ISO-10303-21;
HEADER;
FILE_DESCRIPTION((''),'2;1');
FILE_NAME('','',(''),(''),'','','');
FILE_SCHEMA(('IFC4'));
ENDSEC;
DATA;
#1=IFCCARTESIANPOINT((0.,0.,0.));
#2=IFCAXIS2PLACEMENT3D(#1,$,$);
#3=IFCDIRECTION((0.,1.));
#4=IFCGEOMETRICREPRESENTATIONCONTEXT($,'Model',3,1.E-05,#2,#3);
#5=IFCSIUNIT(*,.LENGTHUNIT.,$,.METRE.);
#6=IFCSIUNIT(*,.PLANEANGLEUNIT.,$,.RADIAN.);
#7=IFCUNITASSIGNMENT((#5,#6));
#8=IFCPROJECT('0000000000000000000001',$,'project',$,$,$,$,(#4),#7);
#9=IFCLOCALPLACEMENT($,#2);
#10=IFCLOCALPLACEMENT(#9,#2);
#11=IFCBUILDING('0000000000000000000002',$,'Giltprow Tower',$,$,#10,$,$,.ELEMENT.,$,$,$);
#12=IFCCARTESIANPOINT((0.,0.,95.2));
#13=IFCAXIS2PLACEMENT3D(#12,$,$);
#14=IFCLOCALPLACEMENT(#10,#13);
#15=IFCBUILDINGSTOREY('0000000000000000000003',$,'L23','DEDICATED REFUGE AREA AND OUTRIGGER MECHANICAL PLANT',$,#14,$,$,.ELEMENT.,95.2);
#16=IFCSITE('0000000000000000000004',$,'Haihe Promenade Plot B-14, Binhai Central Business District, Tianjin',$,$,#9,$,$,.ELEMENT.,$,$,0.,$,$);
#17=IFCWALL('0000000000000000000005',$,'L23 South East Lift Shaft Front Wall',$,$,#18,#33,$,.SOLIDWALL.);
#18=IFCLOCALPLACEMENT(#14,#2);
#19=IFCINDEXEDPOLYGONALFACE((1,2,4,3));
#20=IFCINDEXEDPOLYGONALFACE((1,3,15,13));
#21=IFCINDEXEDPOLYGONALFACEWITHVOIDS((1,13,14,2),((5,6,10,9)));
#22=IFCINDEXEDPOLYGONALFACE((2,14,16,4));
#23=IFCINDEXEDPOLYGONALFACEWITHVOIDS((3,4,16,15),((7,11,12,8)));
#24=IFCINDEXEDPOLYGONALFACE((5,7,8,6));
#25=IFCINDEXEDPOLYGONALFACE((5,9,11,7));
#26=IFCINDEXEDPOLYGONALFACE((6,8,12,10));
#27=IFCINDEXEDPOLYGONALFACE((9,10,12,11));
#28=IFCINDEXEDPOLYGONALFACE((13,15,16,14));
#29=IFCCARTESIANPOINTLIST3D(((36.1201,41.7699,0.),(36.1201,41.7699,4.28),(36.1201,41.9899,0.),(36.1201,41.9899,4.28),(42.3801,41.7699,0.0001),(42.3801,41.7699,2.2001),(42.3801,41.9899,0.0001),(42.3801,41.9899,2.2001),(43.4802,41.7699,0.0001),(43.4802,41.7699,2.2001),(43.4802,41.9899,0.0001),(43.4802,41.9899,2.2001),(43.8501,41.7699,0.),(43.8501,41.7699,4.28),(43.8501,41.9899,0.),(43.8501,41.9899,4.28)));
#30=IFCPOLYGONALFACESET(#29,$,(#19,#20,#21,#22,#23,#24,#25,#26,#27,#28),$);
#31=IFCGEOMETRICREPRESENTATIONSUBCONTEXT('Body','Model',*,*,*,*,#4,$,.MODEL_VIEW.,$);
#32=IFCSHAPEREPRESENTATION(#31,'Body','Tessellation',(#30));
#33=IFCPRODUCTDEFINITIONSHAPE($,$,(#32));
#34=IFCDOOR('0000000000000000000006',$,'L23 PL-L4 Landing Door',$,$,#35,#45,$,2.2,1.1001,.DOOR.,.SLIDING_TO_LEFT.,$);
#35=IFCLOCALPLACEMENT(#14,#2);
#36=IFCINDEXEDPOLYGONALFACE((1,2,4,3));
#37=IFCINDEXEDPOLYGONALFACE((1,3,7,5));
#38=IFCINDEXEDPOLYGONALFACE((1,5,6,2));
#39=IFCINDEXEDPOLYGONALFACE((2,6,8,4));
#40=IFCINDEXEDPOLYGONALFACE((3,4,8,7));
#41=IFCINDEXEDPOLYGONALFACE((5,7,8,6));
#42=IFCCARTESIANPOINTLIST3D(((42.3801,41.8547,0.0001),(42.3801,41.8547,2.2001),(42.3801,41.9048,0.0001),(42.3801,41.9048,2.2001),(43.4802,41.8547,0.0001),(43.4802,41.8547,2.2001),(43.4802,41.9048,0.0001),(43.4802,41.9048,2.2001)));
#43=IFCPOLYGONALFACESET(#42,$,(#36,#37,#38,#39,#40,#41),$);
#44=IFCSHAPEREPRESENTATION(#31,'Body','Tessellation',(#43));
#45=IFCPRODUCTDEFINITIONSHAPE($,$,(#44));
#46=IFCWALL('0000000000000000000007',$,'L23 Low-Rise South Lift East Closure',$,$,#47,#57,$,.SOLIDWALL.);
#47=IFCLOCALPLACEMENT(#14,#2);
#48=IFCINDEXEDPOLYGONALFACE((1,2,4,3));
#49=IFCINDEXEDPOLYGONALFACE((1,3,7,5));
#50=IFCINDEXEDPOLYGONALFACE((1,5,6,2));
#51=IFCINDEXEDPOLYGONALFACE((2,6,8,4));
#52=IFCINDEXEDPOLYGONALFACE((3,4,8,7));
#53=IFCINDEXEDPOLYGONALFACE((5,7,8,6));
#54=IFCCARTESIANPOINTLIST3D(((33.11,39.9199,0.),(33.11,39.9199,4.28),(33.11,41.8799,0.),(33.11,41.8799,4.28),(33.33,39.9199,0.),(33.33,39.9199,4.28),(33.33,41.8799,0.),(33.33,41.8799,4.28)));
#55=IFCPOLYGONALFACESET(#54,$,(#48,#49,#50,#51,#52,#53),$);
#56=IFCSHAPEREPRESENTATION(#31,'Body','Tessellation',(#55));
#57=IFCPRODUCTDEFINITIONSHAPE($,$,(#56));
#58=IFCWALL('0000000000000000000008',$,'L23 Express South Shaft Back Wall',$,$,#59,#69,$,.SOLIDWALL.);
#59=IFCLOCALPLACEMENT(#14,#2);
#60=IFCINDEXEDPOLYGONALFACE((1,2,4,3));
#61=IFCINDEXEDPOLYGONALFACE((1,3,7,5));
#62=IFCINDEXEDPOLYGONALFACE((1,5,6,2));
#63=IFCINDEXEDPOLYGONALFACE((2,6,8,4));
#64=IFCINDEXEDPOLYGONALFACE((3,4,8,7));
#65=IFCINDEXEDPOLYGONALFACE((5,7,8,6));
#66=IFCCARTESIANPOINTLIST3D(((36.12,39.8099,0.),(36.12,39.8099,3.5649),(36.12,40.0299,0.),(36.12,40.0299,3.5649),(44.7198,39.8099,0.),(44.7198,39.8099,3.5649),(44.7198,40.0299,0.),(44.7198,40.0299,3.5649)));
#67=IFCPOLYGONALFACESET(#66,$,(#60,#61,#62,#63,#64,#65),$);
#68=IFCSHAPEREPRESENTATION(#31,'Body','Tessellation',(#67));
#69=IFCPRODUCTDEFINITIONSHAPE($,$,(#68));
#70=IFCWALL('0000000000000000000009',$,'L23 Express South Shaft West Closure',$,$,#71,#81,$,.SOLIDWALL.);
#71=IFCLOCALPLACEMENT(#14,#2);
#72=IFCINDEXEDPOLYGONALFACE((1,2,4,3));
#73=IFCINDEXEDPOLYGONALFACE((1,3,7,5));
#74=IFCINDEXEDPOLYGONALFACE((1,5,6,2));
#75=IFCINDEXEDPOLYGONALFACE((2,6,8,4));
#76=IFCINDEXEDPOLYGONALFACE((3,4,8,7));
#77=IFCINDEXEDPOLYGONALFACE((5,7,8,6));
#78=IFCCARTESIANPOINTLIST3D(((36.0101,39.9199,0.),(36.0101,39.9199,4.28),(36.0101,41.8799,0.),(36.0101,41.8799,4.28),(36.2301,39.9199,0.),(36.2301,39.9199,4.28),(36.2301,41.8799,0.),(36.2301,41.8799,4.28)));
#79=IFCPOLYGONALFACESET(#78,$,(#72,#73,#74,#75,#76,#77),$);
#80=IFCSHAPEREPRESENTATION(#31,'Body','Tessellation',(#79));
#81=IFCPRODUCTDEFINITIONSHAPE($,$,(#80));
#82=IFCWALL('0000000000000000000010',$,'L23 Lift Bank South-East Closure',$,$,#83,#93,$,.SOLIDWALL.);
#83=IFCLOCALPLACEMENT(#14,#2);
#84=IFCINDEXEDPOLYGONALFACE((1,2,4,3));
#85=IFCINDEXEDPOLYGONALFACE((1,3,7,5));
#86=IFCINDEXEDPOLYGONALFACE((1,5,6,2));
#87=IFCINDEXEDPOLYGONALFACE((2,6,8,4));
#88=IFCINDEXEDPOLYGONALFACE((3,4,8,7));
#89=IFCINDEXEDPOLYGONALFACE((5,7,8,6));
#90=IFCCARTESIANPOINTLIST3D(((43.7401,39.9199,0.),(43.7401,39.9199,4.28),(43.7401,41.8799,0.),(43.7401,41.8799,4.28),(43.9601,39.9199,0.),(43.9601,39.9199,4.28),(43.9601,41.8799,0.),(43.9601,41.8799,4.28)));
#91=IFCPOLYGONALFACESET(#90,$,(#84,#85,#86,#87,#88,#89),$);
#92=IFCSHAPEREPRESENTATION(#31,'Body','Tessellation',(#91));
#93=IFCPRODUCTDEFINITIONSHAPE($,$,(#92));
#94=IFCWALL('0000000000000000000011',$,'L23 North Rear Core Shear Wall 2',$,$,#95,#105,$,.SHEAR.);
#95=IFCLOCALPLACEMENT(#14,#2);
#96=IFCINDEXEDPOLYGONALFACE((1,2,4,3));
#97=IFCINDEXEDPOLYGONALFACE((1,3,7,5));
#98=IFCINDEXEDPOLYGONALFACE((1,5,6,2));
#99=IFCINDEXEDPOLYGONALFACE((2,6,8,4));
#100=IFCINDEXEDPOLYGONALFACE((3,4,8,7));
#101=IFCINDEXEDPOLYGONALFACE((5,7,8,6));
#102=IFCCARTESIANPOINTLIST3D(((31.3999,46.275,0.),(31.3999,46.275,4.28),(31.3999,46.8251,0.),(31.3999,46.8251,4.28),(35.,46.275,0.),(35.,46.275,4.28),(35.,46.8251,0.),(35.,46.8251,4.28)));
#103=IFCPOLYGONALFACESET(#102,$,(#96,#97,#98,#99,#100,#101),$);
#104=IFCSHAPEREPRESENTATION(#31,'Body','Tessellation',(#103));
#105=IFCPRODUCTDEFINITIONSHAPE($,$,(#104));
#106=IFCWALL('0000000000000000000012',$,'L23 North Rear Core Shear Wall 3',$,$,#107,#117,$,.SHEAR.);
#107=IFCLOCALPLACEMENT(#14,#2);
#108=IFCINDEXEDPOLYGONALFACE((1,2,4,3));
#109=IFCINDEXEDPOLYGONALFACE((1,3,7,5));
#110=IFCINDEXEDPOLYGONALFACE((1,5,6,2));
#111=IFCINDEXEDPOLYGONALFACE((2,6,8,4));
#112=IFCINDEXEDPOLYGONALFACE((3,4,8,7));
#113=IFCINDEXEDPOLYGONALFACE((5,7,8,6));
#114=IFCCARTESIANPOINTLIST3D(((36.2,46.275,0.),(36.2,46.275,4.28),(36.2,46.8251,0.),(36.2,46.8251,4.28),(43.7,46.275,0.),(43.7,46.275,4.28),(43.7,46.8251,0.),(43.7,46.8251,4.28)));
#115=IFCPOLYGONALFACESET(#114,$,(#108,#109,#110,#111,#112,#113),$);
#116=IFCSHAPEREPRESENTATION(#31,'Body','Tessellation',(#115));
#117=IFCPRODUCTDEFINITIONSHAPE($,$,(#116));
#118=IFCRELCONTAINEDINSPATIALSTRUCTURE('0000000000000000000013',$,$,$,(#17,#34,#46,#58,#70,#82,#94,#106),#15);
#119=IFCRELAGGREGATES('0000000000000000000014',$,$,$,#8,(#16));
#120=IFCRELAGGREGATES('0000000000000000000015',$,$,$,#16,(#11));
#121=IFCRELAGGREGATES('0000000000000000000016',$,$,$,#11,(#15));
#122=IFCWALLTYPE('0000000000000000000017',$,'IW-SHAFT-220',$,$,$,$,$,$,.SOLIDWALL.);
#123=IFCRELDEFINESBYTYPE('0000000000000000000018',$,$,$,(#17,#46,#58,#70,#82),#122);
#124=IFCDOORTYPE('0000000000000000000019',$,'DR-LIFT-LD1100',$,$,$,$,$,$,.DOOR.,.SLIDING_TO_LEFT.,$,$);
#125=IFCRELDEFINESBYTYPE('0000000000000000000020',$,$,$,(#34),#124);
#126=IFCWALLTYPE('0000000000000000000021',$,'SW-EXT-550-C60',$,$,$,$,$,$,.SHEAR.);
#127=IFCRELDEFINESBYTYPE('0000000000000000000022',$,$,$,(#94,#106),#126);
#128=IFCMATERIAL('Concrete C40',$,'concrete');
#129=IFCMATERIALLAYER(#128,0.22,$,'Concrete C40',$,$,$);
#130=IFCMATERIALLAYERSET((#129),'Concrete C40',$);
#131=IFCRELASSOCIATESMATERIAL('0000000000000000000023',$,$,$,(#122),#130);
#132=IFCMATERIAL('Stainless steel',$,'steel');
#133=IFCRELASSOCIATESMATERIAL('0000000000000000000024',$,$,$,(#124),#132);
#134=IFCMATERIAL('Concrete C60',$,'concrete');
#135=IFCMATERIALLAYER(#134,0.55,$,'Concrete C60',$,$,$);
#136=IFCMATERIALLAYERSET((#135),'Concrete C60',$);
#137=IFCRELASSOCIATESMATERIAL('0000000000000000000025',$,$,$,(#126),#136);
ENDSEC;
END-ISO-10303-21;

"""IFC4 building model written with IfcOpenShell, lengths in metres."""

from ifc_helpers import new_model, si_unit, direction, frame, frame_2d, origin, place, context, subcontext, project, spatial, rectangle, extrude, source, transform, mapped, material, layer, layer_set, type_object, element, fill, save


model = new_model("IFC4")

# Units and contexts
model_context = context("Model", 3, precision=1e-05, world=origin(), true_north=direction((0.0, 1.0)))
body_context = subcontext(model_context, "Body", "Model", "MODEL_VIEW")
ifc_project = project(units=[si_unit("LENGTHUNIT", "METRE"), si_unit("PLANEANGLEUNIT", "RADIAN")], contexts=[model_context])

# Site, building, storey
site_placement = place(None, origin())
site = spatial("IfcSite", under=ifc_project, at=site_placement, Name="Haihe Promenade Plot B-14, Binhai Central Business District, Tianjin", CompositionType="ELEMENT", RefElevation=0.0)
building_placement = place(site_placement, origin())
building = spatial("IfcBuilding", under=site, at=building_placement, Name="Giltprow Tower", CompositionType="ELEMENT")
storey_placement = place(building_placement, frame((0.0, 0.0, 95.2)))
storey = spatial("IfcBuildingStorey", under=building, at=storey_placement, Name="L23", Description="DEDICATED REFUGE AREA AND OUTRIGGER MECHANICAL PLANT", CompositionType="ELEMENT", Elevation=95.2)

# Shared definitions
ifc_material_1 = material(Name="Concrete C60", Category="concrete")

# Shared definitions
ifc_material_2 = material(Name="Concrete C40", Category="concrete")
ifc_layer_1 = layer(ifc_material_2, 0.22, Name="Concrete C40")
ifc_layer_set_1 = layer_set([ifc_layer_1], Name="Concrete C40")
wall_type_1 = type_object("IfcWallType", Name="IW-SHAFT-220", PredefinedType="SOLIDWALL", material=ifc_layer_set_1)
ifc_material_3 = material(Name="Stainless steel", Category="steel")
door_type = type_object("IfcDoorType", Name="DR-LIFT-LD1100", OperationType="SLIDING_TO_LEFT", PredefinedType="DOOR", material=ifc_material_3)
shared_shape_1 = source(origin(), body_context, "Body", "SweptSolid", [
    extrude(rectangle(XDim=1.1001, YDim=2.2, at=frame_2d((0.55, 1.1001))), frame((0.0, 0.0249, 0.0), z_axis=(0.0, -1.0, 0.0), x_axis=(1.0, 0.0, 0.0)), (0.0, 0.0, 1.0), 0.05),
])

# Wall, opening, door
wall_1_placement = place(storey_placement, frame((36.1201, 41.8799, 0.0), z_axis=(0.0, 0.0, 1.0), x_axis=(1.0, 0.0, 0.0)))
wall_1 = element("IfcWall", 1, at=wall_1_placement, inside=storey, type_object=wall_type_1, Name="L23 South East Lift Shaft Front Wall", PredefinedType="SOLIDWALL", context=body_context, shape_type="SweptSolid", body=[
    extrude(rectangle(XDim=7.73, YDim=0.22, at=frame_2d((3.865, 0.0))), origin(), (0.0, 0.0, 1.0), 4.28),
])
opening_1_placement = place(wall_1_placement, frame((6.26, 0.0, 0.0)))
opening_1 = element("IfcOpeningElement", 2, at=opening_1_placement, cuts=wall_1, PredefinedType="OPENING", context=body_context, shape_type="SweptSolid", body=[
    extrude(rectangle(XDim=1.1001, YDim=2.2, at=frame_2d((0.55, 1.1001))), frame((0.0, 0.1199, 0.0), z_axis=(0.0, -1.0, 0.0), x_axis=(1.0, 0.0, 0.0)), (0.0, 0.0, 1.0), 0.24),
])
door_1_placement = place(opening_1_placement, origin())
door_1 = element("IfcDoor", 3, at=door_1_placement, inside=storey, type_object=door_type, Name="L23 PL-L4 Landing Door", OperationType="SLIDING_TO_LEFT", OverallHeight=2.2, OverallWidth=1.1001, PredefinedType="DOOR", context=body_context, shape_type="MappedRepresentation", body=[
    mapped(shared_shape_1, transform((0.0, 0.0, 0.0), x_axis=(1.0, 0.0, 0.0), y_axis=(0.0, 1.0, 0.0), z_axis=(0.0, 0.0, 1.0), scale=1.0)),
])
fill(opening_1, door_1)

# Walls
wall_2_placement = place(storey_placement, frame((33.22, 39.9199, 0.0), z_axis=(0.0, 0.0, 1.0), x_axis=(0.0, 1.0, 0.0)))
element("IfcWall", 4, at=wall_2_placement, inside=storey, type_object=wall_type_1, Name="L23 Low-Rise South Lift East Closure", PredefinedType="SOLIDWALL", context=body_context, shape_type="SweptSolid", body=[
    extrude(rectangle(XDim=1.96, YDim=0.22, at=frame_2d((0.98, 0.0))), origin(), (0.0, 0.0, 1.0), 4.28),
])
wall_3_placement = place(storey_placement, frame((36.1201, 39.9199, 0.0), z_axis=(0.0, 0.0, 1.0), x_axis=(1.0, 0.0, 0.0)))
element("IfcWall", 5, at=wall_3_placement, inside=storey, type_object=wall_type_1, Name="L23 Express South Shaft Back Wall", PredefinedType="SOLIDWALL", context=body_context, shape_type="SweptSolid", body=[
    extrude(rectangle(XDim=8.5999, YDim=0.22, at=frame_2d((4.2998, 0.0))), origin(), (0.0, 0.0, 1.0), 3.5649),
])
for number, where, z_axis, x_axis, name in (
    (6, (36.1201, 39.9199, 0.0), (0.0, 0.0, 1.0), (0.0, 1.0, 0.0), "L23 Express South Shaft West Closure"),
    (7, (43.8501, 39.9199, 0.0), (0.0, 0.0, 1.0), (0.0, 1.0, 0.0), "L23 Lift Bank South-East Closure"),
):
    element("IfcWall", number, at=place(storey_placement, frame(where, z_axis=z_axis, x_axis=x_axis)), inside=storey, type_object=wall_type_1, Name=name, PredefinedType="SOLIDWALL", context=body_context, shape_type="SweptSolid", body=[
        extrude(rectangle(XDim=1.96, YDim=0.22, at=frame_2d((0.98, 0.0))), origin(), (0.0, 0.0, 1.0), 4.28),
    ])
ifc_layer_2 = layer(ifc_material_1, 0.55, Name="Concrete C60")
ifc_layer_set_2 = layer_set([ifc_layer_2], Name="Concrete C60")
wall_type_2 = type_object("IfcWallType", Name="SW-EXT-550-C60", PredefinedType="SHEAR", material=ifc_layer_set_2)
wall_4_placement = place(storey_placement, frame((31.3999, 46.55, 0.0), z_axis=(0.0, 0.0, 1.0), x_axis=(1.0, 0.0, 0.0)))
element("IfcWall", 8, at=wall_4_placement, inside=storey, type_object=wall_type_2, Name="L23 North Rear Core Shear Wall 2", PredefinedType="SHEAR", context=body_context, shape_type="SweptSolid", body=[
    extrude(rectangle(XDim=3.6001, YDim=0.55, at=frame_2d((1.8, 0.0))), origin(), (0.0, 0.0, 1.0), 4.28),
])
wall_5_placement = place(storey_placement, frame((36.2, 46.55, 0.0), z_axis=(0.0, 0.0, 1.0), x_axis=(1.0, 0.0, 0.0)))
element("IfcWall", 9, at=wall_5_placement, inside=storey, type_object=wall_type_2, Name="L23 North Rear Core Shear Wall 3", PredefinedType="SHEAR", context=body_context, shape_type="SweptSolid", body=[
    extrude(rectangle(XDim=7.5, YDim=0.55, at=frame_2d((3.75, 0.0))), origin(), (0.0, 0.0, 1.0), 4.28),
])

save(model, "model.ifc")
